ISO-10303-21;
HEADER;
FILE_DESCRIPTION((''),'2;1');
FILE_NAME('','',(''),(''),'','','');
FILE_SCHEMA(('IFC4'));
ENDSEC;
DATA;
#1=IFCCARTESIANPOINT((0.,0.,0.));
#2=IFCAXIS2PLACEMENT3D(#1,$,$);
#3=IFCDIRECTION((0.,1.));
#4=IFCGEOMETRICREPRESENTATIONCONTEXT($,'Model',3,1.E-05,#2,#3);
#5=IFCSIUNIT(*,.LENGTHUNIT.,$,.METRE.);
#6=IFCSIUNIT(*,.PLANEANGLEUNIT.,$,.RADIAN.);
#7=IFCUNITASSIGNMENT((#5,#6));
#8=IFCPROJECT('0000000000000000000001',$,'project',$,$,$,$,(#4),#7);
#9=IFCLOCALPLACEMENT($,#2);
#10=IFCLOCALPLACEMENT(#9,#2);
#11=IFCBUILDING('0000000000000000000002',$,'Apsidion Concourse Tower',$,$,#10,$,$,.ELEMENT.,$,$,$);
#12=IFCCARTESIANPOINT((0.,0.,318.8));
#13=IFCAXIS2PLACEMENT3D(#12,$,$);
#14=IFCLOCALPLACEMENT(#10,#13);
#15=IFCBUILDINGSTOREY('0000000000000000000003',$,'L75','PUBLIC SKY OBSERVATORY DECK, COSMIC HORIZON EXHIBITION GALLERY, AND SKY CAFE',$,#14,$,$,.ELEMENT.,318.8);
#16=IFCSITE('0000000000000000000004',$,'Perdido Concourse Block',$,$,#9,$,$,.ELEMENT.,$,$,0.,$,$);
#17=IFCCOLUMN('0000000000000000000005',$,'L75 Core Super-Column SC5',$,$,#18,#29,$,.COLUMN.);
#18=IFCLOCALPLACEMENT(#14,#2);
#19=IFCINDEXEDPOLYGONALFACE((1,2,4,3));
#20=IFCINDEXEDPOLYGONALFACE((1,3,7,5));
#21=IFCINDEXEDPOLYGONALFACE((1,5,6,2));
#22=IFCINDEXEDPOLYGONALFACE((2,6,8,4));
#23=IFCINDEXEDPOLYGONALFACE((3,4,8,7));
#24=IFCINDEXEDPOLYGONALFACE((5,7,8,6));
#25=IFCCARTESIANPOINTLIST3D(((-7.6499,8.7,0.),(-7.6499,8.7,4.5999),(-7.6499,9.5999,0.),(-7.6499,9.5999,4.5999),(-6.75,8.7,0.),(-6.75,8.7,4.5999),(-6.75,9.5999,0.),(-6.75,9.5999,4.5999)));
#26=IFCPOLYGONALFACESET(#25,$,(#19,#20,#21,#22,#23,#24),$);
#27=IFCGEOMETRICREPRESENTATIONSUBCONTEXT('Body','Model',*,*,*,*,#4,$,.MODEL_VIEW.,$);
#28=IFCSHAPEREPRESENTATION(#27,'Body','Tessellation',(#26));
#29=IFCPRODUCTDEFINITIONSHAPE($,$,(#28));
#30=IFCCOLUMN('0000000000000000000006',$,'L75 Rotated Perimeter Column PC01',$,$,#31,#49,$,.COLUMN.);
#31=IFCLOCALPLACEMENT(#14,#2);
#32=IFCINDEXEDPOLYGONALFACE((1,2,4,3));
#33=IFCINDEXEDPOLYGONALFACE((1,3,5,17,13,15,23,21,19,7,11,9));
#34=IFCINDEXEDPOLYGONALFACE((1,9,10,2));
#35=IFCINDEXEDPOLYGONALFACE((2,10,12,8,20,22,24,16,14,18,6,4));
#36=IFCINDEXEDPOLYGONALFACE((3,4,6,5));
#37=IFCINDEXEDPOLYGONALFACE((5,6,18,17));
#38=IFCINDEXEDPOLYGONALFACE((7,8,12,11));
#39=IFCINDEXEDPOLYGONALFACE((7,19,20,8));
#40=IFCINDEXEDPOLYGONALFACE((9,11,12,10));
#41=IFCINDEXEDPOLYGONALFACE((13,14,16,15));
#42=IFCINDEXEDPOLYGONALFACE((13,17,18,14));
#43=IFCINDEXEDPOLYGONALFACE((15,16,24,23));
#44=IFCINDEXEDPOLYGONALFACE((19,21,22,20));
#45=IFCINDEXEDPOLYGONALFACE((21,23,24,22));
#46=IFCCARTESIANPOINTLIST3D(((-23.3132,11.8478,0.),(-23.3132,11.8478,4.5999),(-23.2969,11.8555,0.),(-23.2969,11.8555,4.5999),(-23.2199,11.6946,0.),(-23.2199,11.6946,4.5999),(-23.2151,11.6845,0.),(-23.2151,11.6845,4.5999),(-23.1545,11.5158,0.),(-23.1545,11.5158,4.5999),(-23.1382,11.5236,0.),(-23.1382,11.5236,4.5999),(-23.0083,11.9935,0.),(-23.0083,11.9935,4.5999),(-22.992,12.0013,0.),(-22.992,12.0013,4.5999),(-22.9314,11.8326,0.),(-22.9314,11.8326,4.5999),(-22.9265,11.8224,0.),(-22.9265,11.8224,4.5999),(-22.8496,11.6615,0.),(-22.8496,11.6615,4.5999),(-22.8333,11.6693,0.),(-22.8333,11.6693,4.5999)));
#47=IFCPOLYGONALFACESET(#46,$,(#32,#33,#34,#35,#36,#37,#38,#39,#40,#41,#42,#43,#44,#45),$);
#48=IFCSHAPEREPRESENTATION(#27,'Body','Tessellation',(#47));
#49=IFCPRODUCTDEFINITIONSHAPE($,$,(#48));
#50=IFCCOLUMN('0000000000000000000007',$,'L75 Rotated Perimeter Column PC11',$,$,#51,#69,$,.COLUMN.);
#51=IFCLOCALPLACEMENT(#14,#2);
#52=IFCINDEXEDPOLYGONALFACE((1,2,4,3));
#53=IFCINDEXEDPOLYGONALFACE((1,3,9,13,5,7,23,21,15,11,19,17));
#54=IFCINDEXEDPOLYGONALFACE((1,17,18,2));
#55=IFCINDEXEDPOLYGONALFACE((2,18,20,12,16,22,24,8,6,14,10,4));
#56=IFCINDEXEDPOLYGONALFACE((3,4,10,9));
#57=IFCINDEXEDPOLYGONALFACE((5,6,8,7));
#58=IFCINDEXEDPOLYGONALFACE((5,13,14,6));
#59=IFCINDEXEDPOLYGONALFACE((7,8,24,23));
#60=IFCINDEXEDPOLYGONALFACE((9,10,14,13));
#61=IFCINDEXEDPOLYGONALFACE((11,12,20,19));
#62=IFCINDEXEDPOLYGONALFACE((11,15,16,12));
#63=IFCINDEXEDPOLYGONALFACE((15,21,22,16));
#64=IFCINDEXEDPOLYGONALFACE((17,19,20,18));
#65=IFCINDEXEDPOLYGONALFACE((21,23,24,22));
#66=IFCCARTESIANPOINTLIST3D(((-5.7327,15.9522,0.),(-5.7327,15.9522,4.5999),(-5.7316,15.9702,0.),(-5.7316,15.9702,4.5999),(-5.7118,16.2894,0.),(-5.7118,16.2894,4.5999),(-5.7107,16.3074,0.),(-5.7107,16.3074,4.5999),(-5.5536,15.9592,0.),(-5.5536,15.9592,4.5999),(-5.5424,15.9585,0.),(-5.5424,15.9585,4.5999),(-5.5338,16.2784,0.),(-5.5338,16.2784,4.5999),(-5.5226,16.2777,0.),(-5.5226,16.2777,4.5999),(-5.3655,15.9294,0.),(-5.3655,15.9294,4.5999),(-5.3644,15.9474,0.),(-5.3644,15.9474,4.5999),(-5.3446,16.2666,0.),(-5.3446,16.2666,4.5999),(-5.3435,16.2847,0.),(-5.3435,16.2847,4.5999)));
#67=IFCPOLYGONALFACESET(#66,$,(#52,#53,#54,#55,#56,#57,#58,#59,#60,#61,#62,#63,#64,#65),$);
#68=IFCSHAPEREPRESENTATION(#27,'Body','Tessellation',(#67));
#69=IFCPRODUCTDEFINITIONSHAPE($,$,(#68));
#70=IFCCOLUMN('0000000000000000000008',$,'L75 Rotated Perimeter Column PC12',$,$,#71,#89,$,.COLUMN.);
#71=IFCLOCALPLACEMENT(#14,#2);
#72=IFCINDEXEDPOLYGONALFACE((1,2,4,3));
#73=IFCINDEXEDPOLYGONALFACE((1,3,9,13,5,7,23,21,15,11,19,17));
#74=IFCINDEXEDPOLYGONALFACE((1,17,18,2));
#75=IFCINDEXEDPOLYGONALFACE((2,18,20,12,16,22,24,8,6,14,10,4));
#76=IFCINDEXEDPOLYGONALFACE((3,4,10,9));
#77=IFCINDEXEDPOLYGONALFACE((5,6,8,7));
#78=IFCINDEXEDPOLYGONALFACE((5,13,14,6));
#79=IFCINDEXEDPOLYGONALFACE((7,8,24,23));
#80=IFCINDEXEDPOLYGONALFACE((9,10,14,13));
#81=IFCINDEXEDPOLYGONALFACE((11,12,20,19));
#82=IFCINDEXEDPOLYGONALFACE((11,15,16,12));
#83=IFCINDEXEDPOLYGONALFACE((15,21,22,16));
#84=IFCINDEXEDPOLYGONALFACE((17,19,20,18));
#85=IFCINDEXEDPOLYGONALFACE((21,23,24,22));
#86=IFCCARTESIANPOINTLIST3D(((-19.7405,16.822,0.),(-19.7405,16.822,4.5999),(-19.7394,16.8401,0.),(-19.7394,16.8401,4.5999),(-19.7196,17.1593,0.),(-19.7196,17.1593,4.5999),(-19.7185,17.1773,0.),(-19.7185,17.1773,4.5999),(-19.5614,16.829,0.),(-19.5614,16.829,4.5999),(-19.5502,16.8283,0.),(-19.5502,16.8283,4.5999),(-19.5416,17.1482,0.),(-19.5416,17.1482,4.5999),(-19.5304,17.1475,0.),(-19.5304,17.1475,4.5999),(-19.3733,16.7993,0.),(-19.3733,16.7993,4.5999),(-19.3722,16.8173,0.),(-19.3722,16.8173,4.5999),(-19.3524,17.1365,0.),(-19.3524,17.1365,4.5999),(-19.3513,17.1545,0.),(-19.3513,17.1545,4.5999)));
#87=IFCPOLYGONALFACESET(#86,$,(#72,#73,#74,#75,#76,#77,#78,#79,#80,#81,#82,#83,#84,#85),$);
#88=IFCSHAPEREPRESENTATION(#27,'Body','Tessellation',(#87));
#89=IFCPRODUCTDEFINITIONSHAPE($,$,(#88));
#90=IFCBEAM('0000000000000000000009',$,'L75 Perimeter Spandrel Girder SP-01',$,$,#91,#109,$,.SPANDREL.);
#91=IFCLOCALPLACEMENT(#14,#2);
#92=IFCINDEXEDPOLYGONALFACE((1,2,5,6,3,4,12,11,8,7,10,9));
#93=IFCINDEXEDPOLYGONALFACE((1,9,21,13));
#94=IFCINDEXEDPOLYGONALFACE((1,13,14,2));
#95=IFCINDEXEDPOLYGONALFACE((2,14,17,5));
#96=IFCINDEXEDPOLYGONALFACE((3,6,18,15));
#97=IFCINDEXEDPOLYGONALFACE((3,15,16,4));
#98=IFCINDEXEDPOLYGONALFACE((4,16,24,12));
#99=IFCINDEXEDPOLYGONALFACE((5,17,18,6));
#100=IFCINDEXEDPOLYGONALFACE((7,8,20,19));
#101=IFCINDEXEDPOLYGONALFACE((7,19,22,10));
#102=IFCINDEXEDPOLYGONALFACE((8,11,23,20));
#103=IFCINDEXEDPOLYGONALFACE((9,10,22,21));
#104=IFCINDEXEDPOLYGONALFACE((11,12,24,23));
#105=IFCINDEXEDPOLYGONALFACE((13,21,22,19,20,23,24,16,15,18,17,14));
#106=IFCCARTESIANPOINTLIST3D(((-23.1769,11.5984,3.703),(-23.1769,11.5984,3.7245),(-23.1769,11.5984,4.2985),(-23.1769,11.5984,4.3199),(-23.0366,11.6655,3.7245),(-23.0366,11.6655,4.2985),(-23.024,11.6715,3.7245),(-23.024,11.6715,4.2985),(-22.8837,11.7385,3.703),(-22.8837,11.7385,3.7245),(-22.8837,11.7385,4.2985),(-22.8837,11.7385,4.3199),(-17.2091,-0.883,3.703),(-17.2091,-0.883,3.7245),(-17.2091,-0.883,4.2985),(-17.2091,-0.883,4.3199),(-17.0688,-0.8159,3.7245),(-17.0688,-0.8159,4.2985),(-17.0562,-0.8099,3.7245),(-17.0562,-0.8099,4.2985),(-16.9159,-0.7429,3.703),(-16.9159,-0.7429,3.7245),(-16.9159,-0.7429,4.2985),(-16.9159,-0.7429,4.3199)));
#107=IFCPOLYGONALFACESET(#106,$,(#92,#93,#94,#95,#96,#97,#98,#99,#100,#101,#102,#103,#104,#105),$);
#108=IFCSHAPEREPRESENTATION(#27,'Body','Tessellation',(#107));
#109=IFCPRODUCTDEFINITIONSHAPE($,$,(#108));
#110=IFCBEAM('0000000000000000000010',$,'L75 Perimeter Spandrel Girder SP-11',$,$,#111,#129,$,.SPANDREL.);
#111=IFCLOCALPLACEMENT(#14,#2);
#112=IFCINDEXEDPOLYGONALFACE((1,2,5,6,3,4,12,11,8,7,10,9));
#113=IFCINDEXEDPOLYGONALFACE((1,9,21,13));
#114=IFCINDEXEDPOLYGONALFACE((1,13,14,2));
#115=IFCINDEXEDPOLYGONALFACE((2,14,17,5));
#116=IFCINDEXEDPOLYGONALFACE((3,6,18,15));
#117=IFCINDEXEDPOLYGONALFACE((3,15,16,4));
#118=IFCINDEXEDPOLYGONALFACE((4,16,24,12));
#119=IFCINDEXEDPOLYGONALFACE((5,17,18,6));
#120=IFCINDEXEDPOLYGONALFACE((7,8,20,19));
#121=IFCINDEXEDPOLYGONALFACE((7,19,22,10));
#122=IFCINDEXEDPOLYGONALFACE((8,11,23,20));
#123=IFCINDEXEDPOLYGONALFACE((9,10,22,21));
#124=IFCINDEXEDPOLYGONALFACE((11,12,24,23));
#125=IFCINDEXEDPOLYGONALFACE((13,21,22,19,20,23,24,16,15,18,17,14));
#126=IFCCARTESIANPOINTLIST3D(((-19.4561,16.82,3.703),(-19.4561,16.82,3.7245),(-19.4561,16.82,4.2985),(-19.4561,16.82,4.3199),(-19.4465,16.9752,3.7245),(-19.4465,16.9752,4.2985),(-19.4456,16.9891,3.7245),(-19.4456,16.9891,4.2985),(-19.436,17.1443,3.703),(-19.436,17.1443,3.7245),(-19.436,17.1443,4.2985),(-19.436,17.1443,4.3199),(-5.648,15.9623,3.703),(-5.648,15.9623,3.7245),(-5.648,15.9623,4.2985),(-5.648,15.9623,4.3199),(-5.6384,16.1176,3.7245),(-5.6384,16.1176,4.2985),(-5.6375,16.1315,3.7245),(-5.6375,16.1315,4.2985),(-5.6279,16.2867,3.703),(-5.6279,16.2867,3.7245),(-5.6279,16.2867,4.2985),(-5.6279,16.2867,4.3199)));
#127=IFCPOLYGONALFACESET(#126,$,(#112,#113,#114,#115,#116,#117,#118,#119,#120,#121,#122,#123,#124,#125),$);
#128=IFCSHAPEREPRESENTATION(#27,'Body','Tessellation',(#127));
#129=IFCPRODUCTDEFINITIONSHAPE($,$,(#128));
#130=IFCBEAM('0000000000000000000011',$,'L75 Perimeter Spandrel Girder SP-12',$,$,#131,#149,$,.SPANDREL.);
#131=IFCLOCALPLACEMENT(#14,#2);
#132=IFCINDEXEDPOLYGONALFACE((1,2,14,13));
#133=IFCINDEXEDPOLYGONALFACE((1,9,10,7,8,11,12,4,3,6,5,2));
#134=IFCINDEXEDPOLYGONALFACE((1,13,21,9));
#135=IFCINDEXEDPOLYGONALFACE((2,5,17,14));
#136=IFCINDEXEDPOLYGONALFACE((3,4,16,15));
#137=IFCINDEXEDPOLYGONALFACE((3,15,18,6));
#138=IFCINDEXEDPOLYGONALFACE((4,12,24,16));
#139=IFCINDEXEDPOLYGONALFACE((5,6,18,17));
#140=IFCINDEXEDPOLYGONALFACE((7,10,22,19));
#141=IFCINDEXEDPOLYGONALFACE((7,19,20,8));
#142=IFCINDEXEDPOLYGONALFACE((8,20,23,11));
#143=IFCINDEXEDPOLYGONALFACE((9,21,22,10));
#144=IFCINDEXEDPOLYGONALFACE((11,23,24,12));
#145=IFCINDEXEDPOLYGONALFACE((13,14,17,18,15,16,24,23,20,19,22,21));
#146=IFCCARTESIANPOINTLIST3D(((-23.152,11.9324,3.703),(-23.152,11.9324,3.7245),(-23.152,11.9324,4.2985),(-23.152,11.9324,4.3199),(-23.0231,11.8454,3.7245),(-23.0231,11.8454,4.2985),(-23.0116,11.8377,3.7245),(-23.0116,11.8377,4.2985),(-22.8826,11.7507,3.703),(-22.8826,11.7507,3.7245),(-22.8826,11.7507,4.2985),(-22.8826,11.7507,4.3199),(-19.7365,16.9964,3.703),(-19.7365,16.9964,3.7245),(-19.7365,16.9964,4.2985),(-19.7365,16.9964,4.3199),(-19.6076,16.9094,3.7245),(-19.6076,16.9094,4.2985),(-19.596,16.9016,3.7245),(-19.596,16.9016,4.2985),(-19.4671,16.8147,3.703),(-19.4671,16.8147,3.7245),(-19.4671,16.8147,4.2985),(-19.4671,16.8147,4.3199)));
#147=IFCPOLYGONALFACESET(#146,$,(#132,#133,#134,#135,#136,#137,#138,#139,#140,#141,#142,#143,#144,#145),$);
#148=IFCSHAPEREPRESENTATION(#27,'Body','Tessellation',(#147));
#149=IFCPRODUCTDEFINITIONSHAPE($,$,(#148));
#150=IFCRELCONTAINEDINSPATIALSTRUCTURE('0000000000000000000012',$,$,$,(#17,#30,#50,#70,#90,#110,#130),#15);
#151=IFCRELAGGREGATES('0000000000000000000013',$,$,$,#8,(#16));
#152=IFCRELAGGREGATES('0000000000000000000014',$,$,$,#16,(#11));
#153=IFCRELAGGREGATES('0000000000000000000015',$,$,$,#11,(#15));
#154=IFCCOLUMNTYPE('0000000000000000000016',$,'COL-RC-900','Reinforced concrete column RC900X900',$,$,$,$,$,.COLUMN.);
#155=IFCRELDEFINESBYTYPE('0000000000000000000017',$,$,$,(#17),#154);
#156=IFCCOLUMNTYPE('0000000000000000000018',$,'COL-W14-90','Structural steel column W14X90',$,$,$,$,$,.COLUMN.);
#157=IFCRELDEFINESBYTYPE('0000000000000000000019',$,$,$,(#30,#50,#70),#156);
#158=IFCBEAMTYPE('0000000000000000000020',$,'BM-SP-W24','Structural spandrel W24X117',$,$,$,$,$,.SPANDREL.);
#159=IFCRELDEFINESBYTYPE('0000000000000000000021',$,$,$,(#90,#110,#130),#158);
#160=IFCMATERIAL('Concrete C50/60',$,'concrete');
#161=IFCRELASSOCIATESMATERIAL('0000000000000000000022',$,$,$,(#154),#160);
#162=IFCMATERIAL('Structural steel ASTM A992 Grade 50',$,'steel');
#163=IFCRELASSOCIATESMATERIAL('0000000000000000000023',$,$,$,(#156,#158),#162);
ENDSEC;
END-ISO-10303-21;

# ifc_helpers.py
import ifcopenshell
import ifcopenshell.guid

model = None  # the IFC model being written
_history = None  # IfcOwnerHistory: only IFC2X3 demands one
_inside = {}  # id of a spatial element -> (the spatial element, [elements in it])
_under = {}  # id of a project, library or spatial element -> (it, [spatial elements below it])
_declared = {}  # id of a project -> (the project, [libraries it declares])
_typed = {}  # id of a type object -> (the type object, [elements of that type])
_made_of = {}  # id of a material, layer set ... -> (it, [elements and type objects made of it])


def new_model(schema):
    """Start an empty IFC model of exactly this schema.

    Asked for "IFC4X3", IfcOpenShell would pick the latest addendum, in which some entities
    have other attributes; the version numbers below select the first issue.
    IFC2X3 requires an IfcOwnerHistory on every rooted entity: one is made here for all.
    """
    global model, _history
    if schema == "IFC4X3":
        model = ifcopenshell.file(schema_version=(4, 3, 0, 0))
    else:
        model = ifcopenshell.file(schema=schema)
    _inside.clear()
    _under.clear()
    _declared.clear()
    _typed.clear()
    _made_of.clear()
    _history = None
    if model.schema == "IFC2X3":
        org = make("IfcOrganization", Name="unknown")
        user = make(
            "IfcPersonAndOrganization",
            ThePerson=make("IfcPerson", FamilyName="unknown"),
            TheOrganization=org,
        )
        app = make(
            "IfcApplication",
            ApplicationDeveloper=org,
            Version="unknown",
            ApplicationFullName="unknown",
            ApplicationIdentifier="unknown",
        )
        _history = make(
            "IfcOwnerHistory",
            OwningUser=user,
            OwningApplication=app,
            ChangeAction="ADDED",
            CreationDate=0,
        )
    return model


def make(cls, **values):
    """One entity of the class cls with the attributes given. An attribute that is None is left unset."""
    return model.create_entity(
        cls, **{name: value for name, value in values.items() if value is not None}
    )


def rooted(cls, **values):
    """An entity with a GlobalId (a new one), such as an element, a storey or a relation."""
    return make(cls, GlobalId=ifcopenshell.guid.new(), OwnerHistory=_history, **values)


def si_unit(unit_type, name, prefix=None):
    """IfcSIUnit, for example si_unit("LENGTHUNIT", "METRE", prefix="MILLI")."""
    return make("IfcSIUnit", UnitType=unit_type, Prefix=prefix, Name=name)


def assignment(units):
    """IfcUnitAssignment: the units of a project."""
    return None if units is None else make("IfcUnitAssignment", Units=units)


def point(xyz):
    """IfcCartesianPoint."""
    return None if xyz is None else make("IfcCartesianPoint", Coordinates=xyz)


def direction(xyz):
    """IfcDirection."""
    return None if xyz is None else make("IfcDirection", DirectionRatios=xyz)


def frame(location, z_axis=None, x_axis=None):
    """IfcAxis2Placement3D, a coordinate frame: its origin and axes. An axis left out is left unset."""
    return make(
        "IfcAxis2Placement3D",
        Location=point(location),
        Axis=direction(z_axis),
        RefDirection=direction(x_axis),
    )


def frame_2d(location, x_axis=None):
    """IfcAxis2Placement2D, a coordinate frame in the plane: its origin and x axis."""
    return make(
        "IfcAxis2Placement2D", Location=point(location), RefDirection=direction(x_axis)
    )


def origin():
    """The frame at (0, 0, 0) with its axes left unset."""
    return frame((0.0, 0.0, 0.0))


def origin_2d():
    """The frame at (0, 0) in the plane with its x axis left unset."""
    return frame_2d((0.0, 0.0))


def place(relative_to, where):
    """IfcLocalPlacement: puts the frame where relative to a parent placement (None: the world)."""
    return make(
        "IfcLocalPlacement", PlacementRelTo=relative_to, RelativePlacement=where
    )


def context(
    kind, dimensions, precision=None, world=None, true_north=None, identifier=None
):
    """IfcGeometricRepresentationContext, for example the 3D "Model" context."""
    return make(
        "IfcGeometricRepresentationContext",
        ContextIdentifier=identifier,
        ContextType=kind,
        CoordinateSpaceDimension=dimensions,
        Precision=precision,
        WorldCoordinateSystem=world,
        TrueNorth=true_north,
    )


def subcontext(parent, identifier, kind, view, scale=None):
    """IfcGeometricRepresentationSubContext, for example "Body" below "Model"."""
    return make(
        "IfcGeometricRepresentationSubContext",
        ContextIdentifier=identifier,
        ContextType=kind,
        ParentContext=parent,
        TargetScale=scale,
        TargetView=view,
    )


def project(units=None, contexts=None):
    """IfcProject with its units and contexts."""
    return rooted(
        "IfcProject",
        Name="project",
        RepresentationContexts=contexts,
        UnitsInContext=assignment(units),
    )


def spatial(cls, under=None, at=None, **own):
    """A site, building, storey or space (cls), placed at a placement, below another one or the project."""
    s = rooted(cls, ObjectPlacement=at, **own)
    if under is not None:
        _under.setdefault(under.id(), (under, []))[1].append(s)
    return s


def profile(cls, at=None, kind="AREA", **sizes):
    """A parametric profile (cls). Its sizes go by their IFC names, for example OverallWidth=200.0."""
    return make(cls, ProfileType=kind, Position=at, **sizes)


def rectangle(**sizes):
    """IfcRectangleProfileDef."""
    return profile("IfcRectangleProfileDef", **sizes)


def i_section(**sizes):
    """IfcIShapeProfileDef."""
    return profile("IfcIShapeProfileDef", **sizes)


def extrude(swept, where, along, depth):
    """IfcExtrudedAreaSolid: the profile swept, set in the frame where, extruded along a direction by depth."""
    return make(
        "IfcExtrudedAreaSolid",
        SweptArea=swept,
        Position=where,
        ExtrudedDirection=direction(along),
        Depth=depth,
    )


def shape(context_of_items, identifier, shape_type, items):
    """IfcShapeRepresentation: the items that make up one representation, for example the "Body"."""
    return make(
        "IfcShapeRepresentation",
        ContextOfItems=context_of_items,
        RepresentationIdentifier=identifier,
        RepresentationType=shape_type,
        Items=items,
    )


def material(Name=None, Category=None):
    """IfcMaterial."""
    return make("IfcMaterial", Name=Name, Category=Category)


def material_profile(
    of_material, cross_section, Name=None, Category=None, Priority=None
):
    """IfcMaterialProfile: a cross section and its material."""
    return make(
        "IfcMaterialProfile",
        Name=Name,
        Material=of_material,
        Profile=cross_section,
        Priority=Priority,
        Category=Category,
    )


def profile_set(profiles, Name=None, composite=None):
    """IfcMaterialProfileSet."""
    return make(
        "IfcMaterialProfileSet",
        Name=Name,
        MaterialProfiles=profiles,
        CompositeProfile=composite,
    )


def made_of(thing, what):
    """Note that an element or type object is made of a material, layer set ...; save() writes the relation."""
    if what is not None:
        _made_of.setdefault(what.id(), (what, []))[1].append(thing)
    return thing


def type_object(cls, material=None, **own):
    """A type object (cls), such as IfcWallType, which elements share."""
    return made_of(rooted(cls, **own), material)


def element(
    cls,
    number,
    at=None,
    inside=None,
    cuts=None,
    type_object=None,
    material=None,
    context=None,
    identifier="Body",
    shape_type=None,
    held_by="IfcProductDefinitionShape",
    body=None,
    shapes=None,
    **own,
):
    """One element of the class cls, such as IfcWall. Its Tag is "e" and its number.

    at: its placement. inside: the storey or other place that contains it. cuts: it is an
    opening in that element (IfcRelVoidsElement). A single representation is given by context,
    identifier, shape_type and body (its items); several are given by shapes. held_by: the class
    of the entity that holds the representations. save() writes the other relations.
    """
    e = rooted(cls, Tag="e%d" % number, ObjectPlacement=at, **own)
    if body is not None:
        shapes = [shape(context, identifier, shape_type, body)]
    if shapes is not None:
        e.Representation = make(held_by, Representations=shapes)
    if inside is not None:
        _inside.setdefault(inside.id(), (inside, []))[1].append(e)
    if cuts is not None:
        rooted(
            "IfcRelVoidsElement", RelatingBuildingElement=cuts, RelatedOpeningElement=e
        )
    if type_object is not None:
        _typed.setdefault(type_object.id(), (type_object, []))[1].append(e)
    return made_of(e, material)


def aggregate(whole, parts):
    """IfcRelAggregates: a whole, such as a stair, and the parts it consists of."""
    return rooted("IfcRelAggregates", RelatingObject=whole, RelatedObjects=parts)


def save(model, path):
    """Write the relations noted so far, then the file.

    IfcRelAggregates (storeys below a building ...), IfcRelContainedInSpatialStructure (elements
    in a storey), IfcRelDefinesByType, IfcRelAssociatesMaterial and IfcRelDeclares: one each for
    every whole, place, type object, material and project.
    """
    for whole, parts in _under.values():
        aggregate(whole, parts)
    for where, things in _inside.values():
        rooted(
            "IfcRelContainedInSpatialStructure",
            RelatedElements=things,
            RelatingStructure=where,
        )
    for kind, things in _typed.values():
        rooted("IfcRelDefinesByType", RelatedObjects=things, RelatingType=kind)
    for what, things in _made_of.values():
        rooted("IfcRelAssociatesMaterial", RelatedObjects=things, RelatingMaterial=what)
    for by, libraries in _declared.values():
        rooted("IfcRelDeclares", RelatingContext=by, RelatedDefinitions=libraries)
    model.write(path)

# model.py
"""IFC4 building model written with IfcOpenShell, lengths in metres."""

from ifc_helpers import new_model, si_unit, direction, frame, origin, origin_2d, place, context, subcontext, project, spatial, rectangle, i_section, extrude, material, material_profile, profile_set, type_object, element, save


model = new_model("IFC4")

# Units and contexts
model_context = context("Model", 3, precision=1e-05, world=origin(), true_north=direction((0.0, 1.0)))
body_context = subcontext(model_context, "Body", "Model", "MODEL_VIEW")
ifc_project = project(units=[si_unit("LENGTHUNIT", "METRE"), si_unit("PLANEANGLEUNIT", "RADIAN")], contexts=[model_context])

# Site, building, storey
site_placement = place(None, origin())
site = spatial("IfcSite", under=ifc_project, at=site_placement, Name="Perdido Concourse Block", CompositionType="ELEMENT", RefElevation=0.0)
building_placement = place(site_placement, origin())
building = spatial("IfcBuilding", under=site, at=building_placement, Name="Apsidion Concourse Tower", CompositionType="ELEMENT")
storey_placement = place(building_placement, frame((0.0, 0.0, 318.8)))
storey = spatial("IfcBuildingStorey", under=building, at=storey_placement, Name="L75", Description="PUBLIC SKY OBSERVATORY DECK, COSMIC HORIZON EXHIBITION GALLERY, AND SKY CAFE", CompositionType="ELEMENT", Elevation=318.8)

# Columns
ifc_material_1 = material(Name="Concrete C50/60", Category="concrete")
ifc_material_profile_1 = material_profile(ifc_material_1, rectangle(XDim=0.8999, YDim=0.8999, at=origin_2d()), Name="RC 900x900")
ifc_profile_set_1 = profile_set([ifc_material_profile_1], Name="Concrete C50/60")
column_type_1 = type_object("IfcColumnType", Name="COL-RC-900", Description="Reinforced concrete column RC900X900", PredefinedType="COLUMN", material=ifc_profile_set_1)
column_placement = place(storey_placement, frame((-7.2, 9.1499, 0.0), z_axis=(0.0, 0.0, 1.0), x_axis=(1.0, 0.0, 0.0)))
element("IfcColumn", 1, at=column_placement, inside=storey, type_object=column_type_1, Name="L75 Core Super-Column SC5", PredefinedType="COLUMN", context=body_context, shape_type="SweptSolid", body=[
    extrude(rectangle(XDim=0.8999, YDim=0.8999, at=origin_2d()), origin(), (0.0, 0.0, 1.0), 4.5999),
])
ifc_material_2 = material(Name="Structural steel ASTM A992 Grade 50", Category="steel")
ifc_material_profile_2 = material_profile(ifc_material_2, i_section(OverallWidth=0.3679, OverallDepth=0.356, WebThickness=0.0112, FlangeThickness=0.0181, at=origin_2d()), Name="W14X90")
ifc_profile_set_2 = profile_set([ifc_material_profile_2], Name="Structural steel ASTM A992 Grade 50")
column_type_2 = type_object("IfcColumnType", Name="COL-W14-90", Description="Structural steel column W14X90", PredefinedType="COLUMN", material=ifc_profile_set_2)
for number, where, z_axis, x_axis, name in (
    (2, (-23.0732, 11.7585, 0.0), (0.0, 0.0, 1.0), (-0.431299, 0.902209, 0.0), "L75 Rotated Perimeter Column PC01"),
    (3, (-5.5381, 16.1184, 0.0), (0.0, 0.0, 1.0), (-0.998081, 0.06192, 0.0), "L75 Rotated Perimeter Column PC11"),
    (4, (-19.5459, 16.9883, 0.0), (0.0, 0.0, 1.0), (-0.998081, 0.06192, 0.0), "L75 Rotated Perimeter Column PC12"),
):
    element("IfcColumn", number, at=place(storey_placement, frame(where, z_axis=z_axis, x_axis=x_axis)), inside=storey, type_object=column_type_2, Name=name, PredefinedType="COLUMN", context=body_context, shape_type="SweptSolid", body=[
        extrude(i_section(OverallWidth=0.3679, OverallDepth=0.356, WebThickness=0.0112, FlangeThickness=0.0181, at=origin_2d()), origin(), (0.0, 0.0, 1.0), 4.5999),
    ])

# Beams
ifc_material_profile_3 = material_profile(ifc_material_2, i_section(OverallWidth=0.325, OverallDepth=0.6169, WebThickness=0.0139, FlangeThickness=0.0215, at=origin_2d()), Name="W24X117")
ifc_profile_set_3 = profile_set([ifc_material_profile_3], Name="Structural steel ASTM A992 Grade 50")
beam_type = type_object("IfcBeamType", Name="BM-SP-W24", Description="Structural spandrel W24X117", PredefinedType="SPANDREL", material=ifc_profile_set_3)
for number, where, z_axis, x_axis, name in (
    (5, (-23.0303, 11.6685, 4.0115), (0.431361, -0.90218, 0.0), (0.90218, 0.431361, 0.0), "L75 Perimeter Spandrel Girder SP-01"),
    (6, (-5.6379, 16.1245, 4.0115), (-0.998077, 0.061994, 0.0), (-0.061994, -0.998077, 0.0), "L75 Perimeter Spandrel Girder SP-11"),
):
    element("IfcBeam", number, at=place(storey_placement, frame(where, z_axis=z_axis, x_axis=x_axis)), inside=storey, type_object=beam_type, Name=name, PredefinedType="SPANDREL", context=body_context, shape_type="SweptSolid", body=[
        extrude(i_section(OverallWidth=0.325, OverallDepth=0.6169, WebThickness=0.0139, FlangeThickness=0.0215, at=origin_2d()), origin(), (0.0, 0.0, 1.0), 13.8347),
    ])
beam_placement = place(storey_placement, frame((-19.6018, 16.9055, 4.0115), z_axis=(-0.559175, -0.82905, 0.0), x_axis=(0.82905, -0.559175, 0.0)))
element("IfcBeam", 7, at=beam_placement, inside=storey, type_object=beam_type, Name="L75 Perimeter Spandrel Girder SP-12", PredefinedType="SPANDREL", context=body_context, shape_type="SweptSolid", body=[
    extrude(i_section(OverallWidth=0.325, OverallDepth=0.6169, WebThickness=0.0139, FlangeThickness=0.0215, at=origin_2d()), origin(), (0.0, 0.0, 1.0), 6.1082),
])

save(model, "model.ifc")
